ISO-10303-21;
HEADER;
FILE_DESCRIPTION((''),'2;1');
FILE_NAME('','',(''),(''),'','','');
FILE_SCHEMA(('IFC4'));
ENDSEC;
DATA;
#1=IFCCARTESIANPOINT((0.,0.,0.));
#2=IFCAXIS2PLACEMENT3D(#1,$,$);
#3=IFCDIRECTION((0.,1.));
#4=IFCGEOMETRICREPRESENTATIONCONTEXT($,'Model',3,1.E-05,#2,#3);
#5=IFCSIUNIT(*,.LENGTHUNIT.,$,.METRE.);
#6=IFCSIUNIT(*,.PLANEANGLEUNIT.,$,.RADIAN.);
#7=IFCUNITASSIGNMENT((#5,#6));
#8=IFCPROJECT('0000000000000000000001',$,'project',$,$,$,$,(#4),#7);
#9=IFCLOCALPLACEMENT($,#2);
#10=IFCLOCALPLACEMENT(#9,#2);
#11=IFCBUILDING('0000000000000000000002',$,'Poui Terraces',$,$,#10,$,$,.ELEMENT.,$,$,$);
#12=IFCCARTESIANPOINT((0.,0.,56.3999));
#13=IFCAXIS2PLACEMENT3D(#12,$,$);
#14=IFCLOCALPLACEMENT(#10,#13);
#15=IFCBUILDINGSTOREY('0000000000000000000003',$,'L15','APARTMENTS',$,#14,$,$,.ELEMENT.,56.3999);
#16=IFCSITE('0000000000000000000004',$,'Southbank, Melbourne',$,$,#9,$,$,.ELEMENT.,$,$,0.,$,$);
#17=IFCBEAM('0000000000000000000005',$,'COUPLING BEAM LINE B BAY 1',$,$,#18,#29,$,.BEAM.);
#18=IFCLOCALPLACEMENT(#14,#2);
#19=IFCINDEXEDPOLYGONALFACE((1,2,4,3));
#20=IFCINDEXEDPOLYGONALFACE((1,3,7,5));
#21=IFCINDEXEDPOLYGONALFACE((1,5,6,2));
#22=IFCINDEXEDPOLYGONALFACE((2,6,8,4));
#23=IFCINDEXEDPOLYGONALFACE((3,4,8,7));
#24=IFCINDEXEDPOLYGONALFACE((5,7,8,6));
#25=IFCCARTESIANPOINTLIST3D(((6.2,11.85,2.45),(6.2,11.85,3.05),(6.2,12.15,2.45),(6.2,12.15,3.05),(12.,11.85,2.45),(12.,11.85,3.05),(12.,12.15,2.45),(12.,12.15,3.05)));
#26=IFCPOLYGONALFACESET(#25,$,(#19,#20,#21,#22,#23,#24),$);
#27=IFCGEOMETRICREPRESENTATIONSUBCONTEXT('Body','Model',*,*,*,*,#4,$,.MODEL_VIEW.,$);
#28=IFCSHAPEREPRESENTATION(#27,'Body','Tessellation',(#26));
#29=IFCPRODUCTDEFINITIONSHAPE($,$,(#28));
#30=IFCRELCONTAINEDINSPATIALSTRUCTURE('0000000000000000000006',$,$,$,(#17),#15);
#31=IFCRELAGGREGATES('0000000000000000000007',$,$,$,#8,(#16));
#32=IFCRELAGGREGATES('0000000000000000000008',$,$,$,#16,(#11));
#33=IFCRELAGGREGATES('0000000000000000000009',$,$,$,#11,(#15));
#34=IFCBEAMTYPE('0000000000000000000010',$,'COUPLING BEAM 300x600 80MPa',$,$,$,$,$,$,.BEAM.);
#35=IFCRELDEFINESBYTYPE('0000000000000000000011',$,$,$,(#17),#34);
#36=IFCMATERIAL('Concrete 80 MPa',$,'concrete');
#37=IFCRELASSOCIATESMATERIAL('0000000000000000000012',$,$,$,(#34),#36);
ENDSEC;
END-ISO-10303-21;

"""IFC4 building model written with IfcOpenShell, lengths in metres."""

from ifc_helpers import new_model, si_unit, direction, frame, origin, origin_2d, place, context, subcontext, project, spatial, rectangle, extrude, source, transform, mapped, material, material_profile, profile_set, type_object, element, save


model = new_model("IFC4")

# Units and contexts
model_context = context("Model", 3, precision=1e-05, world=origin(), true_north=direction((0.0, 1.0)))
body_context = subcontext(model_context, "Body", "Model", "MODEL_VIEW")
ifc_project = project(units=[si_unit("LENGTHUNIT", "METRE"), si_unit("PLANEANGLEUNIT", "RADIAN")], contexts=[model_context])

# Site, building, storey
site_placement = place(None, origin())
site = spatial("IfcSite", under=ifc_project, at=site_placement, Name="Southbank, Melbourne", CompositionType="ELEMENT", RefElevation=0.0)
building_placement = place(site_placement, origin())
building = spatial("IfcBuilding", under=site, at=building_placement, Name="Poui Terraces", CompositionType="ELEMENT")
storey_placement = place(building_placement, frame((0.0, 0.0, 56.3999)))
storey = spatial("IfcBuildingStorey", under=building, at=storey_placement, Name="L15", Description="APARTMENTS", CompositionType="ELEMENT", Elevation=56.3999)

# Beam
ifc_material_1 = material(Name="Concrete 80 MPa", Category="concrete")
ifc_material_profile = material_profile(ifc_material_1, rectangle(XDim=0.3, YDim=0.6001, at=origin_2d()), Name="RC 300x600")
ifc_profile_set = profile_set([ifc_material_profile], Name="Concrete 80 MPa")
beam_type = type_object("IfcBeamType", Name="COUPLING BEAM 300x600 80MPa", PredefinedType="BEAM", material=ifc_profile_set)
shared_shape = source(origin(), body_context, "Body", "SweptSolid", [
    extrude(rectangle(XDim=0.3, YDim=0.6001, at=origin_2d()), origin(), (0.0, 0.0, 1.0), 5.8),
])
beam_placement = place(storey_placement, frame((6.2, 12.0, 2.75), z_axis=(1.0, 0.0, 0.0), x_axis=(0.0, 1.0, 0.0)))
element("IfcBeam", 1, at=beam_placement, inside=storey, type_object=beam_type, Name="COUPLING BEAM LINE B BAY 1", PredefinedType="BEAM", context=body_context, shape_type="MappedRepresentation", body=[
    mapped(shared_shape, transform((0.0, 0.0, 0.0))),
])

save(model, "model.ifc")
